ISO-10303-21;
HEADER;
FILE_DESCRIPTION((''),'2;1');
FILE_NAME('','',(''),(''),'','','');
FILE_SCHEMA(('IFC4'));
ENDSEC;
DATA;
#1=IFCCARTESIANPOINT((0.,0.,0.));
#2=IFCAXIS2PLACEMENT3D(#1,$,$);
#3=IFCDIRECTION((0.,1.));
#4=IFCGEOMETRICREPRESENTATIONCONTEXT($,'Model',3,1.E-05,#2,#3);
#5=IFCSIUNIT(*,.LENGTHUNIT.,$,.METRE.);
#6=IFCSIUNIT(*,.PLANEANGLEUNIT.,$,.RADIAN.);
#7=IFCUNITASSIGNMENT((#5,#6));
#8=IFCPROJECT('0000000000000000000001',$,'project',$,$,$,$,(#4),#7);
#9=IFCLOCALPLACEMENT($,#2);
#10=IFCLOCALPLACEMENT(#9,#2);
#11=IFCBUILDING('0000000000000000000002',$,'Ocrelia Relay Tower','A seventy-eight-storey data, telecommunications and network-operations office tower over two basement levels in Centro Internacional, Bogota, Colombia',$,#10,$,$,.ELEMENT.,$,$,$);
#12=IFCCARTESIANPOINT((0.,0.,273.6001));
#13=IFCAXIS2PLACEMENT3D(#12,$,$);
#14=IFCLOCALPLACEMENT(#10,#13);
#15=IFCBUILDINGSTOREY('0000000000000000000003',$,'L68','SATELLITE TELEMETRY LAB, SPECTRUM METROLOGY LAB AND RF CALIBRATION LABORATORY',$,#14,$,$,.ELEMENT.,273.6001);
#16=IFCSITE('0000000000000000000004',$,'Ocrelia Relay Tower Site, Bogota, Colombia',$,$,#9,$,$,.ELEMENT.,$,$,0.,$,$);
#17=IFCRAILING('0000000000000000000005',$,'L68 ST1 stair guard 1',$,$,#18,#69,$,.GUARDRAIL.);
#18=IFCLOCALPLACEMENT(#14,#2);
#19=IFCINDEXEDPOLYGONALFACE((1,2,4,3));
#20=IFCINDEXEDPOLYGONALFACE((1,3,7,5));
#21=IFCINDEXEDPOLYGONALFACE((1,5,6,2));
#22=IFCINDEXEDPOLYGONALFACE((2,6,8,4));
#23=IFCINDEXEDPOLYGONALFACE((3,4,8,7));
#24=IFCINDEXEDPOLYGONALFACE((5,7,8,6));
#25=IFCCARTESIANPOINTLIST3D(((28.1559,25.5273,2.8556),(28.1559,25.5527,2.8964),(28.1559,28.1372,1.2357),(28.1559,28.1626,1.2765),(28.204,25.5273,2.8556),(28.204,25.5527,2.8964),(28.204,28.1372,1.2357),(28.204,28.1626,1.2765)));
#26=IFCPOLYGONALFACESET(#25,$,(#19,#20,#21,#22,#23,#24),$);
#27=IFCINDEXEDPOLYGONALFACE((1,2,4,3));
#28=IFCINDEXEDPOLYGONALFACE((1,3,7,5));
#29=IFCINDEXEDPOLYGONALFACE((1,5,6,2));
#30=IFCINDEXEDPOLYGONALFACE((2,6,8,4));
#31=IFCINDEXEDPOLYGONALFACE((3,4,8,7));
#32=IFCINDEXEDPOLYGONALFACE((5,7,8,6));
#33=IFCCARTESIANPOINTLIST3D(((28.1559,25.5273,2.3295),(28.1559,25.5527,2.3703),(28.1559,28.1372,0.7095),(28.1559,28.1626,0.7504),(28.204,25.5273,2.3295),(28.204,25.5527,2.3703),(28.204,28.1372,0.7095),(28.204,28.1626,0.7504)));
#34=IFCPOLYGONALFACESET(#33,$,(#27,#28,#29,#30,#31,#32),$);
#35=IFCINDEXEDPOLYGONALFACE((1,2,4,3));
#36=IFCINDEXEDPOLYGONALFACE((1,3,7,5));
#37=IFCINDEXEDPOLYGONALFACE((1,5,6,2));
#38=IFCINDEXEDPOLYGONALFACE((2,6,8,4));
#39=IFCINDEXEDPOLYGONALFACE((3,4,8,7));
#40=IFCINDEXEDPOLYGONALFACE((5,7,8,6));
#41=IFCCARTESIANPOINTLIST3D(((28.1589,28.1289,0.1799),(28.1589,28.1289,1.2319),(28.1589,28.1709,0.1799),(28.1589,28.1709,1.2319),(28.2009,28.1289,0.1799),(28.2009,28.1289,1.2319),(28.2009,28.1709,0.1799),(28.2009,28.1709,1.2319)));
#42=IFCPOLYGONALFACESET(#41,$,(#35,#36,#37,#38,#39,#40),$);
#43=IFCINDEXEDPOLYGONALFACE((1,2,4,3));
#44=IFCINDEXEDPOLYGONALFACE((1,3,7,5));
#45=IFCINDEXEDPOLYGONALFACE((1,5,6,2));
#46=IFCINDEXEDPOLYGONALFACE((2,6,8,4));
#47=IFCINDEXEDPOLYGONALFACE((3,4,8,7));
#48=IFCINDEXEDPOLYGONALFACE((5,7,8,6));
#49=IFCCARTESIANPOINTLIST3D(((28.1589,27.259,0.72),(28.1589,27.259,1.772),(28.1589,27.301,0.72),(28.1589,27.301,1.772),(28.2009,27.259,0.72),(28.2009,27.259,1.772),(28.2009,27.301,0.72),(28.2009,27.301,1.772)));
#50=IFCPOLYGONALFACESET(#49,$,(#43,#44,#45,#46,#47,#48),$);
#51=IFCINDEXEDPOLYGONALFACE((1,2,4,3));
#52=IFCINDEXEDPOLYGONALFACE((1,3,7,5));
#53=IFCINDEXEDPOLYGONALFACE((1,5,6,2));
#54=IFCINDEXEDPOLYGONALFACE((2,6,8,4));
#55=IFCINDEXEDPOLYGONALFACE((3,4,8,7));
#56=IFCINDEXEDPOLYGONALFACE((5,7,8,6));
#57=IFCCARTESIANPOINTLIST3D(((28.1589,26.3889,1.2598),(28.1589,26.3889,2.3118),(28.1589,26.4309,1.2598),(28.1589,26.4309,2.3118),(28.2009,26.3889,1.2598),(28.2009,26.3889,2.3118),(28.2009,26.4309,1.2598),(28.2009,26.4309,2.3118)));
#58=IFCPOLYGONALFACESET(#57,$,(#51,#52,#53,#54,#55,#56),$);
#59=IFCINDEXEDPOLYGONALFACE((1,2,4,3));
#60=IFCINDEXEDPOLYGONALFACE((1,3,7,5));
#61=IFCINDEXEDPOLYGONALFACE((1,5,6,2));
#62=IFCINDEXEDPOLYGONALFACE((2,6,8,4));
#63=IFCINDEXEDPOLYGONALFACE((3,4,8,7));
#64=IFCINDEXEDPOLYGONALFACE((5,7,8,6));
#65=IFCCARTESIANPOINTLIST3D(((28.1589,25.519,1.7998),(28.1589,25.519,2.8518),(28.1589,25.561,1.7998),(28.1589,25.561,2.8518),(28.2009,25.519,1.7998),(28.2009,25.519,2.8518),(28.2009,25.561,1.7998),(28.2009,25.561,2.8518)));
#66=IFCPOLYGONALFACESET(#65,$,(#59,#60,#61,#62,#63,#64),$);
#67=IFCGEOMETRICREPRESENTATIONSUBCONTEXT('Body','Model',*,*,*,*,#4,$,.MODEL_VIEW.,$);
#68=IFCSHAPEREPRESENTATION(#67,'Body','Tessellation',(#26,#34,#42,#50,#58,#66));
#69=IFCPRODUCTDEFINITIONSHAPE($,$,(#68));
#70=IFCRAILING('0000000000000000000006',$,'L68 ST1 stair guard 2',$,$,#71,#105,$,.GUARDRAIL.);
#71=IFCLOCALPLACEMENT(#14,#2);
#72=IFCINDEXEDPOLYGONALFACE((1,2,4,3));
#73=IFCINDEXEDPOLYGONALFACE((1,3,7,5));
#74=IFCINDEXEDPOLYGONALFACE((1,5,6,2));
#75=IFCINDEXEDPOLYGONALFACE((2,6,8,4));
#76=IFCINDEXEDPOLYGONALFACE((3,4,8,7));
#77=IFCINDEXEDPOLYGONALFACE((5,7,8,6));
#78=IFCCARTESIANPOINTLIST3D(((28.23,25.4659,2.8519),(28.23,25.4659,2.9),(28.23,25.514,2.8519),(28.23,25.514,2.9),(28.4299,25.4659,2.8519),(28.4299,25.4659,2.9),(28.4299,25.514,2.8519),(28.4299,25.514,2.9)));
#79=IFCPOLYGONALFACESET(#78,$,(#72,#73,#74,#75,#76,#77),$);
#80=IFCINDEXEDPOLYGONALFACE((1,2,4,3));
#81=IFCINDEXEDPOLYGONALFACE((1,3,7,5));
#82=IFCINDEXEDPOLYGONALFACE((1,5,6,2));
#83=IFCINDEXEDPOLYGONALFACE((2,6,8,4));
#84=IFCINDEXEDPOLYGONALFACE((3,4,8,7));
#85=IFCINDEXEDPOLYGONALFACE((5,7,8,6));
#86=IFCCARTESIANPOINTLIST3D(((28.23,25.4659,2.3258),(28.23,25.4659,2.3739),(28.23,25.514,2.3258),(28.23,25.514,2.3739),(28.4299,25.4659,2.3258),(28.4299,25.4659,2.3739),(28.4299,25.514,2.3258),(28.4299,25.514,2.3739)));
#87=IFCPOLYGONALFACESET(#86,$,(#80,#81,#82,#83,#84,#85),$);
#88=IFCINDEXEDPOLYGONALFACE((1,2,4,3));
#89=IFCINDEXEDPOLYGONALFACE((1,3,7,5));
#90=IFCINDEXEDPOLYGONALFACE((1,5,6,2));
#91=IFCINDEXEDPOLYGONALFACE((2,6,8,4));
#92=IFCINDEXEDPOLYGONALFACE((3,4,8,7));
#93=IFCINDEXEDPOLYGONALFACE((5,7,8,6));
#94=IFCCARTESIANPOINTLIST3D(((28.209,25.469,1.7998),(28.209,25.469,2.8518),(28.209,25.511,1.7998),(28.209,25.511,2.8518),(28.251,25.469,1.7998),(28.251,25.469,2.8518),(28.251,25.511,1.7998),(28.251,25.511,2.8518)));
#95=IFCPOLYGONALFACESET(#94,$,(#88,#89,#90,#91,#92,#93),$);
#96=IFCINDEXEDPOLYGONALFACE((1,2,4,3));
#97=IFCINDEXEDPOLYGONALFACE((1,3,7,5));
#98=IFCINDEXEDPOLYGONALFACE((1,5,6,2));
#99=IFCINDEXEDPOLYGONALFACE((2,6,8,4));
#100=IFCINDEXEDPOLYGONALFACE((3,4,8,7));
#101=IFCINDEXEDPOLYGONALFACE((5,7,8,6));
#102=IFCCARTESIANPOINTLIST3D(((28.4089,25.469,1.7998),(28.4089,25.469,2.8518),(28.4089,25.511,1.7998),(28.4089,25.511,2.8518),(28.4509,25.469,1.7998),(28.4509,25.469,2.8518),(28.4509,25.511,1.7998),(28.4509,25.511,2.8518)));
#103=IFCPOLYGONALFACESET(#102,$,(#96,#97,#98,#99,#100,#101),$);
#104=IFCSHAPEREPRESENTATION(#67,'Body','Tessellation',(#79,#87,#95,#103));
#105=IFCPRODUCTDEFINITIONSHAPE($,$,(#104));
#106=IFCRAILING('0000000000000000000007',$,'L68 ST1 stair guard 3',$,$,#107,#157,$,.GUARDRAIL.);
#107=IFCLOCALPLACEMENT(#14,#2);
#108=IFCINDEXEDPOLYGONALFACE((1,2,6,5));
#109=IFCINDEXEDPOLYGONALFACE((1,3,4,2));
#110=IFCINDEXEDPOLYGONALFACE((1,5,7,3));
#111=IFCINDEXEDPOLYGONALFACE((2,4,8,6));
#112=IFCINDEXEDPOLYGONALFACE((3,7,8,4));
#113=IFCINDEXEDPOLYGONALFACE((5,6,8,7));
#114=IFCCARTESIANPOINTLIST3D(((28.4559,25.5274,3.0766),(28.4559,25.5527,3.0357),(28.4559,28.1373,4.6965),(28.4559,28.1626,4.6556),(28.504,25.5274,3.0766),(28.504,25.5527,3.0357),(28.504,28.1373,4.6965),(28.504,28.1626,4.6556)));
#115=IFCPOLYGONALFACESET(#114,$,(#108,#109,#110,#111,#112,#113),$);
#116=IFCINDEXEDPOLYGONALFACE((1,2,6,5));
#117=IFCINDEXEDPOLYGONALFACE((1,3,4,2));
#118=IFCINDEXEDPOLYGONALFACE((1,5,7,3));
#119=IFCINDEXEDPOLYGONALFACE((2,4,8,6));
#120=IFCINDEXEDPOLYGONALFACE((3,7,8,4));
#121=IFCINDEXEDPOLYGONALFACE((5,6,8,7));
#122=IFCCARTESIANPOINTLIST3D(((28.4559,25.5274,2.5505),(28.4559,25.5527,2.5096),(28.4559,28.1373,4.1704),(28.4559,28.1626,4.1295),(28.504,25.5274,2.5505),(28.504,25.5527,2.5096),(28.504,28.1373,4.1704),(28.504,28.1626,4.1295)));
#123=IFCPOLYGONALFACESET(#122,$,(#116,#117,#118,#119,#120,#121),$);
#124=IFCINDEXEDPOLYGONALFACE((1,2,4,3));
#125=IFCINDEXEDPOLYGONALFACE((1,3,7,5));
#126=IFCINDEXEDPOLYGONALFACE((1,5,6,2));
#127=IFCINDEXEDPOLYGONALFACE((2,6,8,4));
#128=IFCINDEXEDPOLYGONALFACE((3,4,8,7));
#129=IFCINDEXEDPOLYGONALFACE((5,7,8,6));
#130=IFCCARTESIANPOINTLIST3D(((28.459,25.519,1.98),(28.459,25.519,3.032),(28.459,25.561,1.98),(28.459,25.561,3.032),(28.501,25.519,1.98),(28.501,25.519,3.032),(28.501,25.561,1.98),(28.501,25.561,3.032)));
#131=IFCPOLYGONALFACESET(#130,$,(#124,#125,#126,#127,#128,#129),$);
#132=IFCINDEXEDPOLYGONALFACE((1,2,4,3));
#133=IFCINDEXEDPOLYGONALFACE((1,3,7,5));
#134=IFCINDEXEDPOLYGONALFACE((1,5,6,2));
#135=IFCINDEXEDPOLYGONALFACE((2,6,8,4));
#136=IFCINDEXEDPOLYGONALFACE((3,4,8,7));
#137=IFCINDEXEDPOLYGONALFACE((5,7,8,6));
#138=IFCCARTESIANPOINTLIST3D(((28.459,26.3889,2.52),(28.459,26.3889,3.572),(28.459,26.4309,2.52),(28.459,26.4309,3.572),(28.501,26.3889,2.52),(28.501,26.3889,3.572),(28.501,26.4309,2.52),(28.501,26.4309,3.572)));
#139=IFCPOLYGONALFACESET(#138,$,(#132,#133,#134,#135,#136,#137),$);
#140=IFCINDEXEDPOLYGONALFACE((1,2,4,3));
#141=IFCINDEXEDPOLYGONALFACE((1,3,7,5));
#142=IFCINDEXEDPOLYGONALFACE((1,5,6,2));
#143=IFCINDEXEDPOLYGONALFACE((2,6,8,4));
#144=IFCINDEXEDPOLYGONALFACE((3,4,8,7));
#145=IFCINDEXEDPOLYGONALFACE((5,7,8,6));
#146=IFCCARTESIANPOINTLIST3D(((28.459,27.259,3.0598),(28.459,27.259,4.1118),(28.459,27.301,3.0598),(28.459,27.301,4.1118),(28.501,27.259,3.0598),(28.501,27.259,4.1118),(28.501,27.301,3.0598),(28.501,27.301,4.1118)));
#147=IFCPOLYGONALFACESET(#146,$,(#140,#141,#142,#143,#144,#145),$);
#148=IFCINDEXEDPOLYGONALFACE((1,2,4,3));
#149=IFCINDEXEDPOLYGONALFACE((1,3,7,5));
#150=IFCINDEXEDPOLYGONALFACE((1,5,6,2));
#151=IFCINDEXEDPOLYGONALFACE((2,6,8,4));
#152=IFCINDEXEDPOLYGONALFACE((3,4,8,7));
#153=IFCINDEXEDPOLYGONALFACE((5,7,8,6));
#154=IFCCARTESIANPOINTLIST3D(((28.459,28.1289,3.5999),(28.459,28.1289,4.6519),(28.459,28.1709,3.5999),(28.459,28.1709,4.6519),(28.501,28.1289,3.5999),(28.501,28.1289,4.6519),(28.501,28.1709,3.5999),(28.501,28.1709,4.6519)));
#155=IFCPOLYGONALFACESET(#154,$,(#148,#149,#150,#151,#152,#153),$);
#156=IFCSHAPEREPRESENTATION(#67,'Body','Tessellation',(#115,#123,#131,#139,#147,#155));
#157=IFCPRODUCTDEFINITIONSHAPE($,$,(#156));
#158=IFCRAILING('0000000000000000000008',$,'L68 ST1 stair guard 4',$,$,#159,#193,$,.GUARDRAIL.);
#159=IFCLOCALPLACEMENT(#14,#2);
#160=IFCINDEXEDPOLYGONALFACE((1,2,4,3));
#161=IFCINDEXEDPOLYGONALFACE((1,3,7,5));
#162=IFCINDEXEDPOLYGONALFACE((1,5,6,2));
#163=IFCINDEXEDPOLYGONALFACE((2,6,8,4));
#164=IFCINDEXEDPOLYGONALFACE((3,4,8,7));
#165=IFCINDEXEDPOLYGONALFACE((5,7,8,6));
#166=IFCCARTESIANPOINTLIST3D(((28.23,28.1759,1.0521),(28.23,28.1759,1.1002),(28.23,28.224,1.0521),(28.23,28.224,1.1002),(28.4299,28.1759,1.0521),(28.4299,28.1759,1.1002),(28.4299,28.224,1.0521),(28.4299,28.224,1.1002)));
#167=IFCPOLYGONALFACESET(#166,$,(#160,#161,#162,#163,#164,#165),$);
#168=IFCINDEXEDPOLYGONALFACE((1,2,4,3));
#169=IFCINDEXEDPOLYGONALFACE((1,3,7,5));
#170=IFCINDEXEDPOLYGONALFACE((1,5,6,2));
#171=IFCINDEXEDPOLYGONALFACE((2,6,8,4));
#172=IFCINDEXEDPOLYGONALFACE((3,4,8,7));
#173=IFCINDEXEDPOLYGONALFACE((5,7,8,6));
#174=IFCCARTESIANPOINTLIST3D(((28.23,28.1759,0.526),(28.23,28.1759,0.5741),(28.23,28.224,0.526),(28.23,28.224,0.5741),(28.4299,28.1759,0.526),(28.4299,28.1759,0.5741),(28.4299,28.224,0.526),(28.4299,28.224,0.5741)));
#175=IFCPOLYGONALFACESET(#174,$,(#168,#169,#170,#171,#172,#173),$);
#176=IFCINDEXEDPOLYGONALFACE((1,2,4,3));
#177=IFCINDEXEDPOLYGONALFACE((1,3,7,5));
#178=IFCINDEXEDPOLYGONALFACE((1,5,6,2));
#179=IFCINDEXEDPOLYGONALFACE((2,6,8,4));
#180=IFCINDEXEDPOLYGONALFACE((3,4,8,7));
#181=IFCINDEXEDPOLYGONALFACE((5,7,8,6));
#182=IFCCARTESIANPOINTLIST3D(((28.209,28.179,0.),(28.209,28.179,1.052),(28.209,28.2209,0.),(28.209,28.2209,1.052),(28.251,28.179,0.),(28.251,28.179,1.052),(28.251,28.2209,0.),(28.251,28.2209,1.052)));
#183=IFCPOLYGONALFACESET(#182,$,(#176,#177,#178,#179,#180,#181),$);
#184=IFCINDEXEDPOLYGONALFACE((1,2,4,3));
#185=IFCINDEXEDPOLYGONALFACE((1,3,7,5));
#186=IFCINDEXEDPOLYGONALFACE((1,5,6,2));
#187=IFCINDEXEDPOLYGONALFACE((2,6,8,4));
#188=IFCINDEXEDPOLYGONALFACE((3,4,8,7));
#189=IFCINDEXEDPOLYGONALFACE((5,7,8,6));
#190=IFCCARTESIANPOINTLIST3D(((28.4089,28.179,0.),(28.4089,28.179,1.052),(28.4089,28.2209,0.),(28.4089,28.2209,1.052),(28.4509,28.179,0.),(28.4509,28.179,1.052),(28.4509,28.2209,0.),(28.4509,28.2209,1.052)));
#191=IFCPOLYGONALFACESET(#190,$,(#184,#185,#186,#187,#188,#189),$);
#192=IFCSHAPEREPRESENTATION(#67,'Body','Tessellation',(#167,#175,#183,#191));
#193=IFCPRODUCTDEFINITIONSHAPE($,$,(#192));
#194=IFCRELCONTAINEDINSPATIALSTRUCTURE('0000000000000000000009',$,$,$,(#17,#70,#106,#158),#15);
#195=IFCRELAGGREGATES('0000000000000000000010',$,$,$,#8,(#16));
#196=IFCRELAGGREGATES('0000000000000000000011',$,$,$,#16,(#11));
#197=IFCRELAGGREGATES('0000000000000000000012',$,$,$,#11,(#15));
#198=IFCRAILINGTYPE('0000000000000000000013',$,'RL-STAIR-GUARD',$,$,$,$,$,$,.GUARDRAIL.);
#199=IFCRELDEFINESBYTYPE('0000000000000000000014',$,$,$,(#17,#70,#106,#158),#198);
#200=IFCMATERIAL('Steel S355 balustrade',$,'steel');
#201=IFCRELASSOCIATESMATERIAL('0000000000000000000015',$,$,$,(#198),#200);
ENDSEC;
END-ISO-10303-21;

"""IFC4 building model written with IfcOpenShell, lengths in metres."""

from ifc_helpers import new_model, si_unit, direction, frame, origin, origin_2d, place, context, subcontext, project, spatial, rectangle, extrude, material, type_object, element, save


model = new_model("IFC4")

# Units and contexts
model_context = context("Model", 3, precision=1e-05, world=origin(), true_north=direction((0.0, 1.0)))
body_context = subcontext(model_context, "Body", "Model", "MODEL_VIEW")
ifc_project = project(units=[si_unit("LENGTHUNIT", "METRE"), si_unit("PLANEANGLEUNIT", "RADIAN")], contexts=[model_context])

# Site, building, storey
site_placement = place(None, origin())
site = spatial("IfcSite", under=ifc_project, at=site_placement, Name="Ocrelia Relay Tower Site, Bogota, Colombia", CompositionType="ELEMENT", RefElevation=0.0)
building_placement = place(site_placement, origin())
building = spatial("IfcBuilding", under=site, at=building_placement, Name="Ocrelia Relay Tower", Description="A seventy-eight-storey data, telecommunications and network-operations office tower over two basement levels in Centro Internacional, Bogota, Colombia", CompositionType="ELEMENT")
storey_placement = place(building_placement, frame((0.0, 0.0, 273.6001)))
storey = spatial("IfcBuildingStorey", under=building, at=storey_placement, Name="L68", Description="SATELLITE TELEMETRY LAB, SPECTRUM METROLOGY LAB AND RF CALIBRATION LABORATORY", CompositionType="ELEMENT", Elevation=273.6001)

# Railings
ifc_material_1 = material(Name="Steel S355 balustrade", Category="steel")
railing_type_1 = type_object("IfcRailingType", Name="RL-STAIR-GUARD", PredefinedType="GUARDRAIL", material=ifc_material_1)
railing_1_placement = place(storey_placement, frame((28.1799, 28.1499, 0.1799)))
element("IfcRailing", 1, at=railing_1_placement, inside=storey, type_object=railing_type_1, Name="L68 ST1 stair guard 1", PredefinedType="GUARDRAIL", context=body_context, shape_type="SweptSolid", body=[
    extrude(rectangle(XDim=0.0481, YDim=0.0481, at=origin_2d()), frame((0.0, 0.0, 1.0762), z_axis=(0.0, -0.849646, 0.527353), x_axis=(1.0, 0.0, 0.0)), (0.0, 0.0, 1.0), 3.0718),
    extrude(rectangle(XDim=0.0481, YDim=0.0481, at=origin_2d()), frame((0.0, 0.0, 0.55), z_axis=(0.0, -0.849646, 0.527353), x_axis=(1.0, 0.0, 0.0)), (0.0, 0.0, 1.0), 3.0718),
    extrude(rectangle(XDim=0.042, YDim=0.042, at=origin_2d()), origin(), (0.0, 0.0, 1.0), 1.052),
    extrude(rectangle(XDim=0.042, YDim=0.042, at=origin_2d()), frame((0.0, -0.8699, 0.54)), (0.0, 0.0, 1.0), 1.052),
    extrude(rectangle(XDim=0.042, YDim=0.042, at=origin_2d()), frame((0.0, -1.74, 1.0798)), (0.0, 0.0, 1.0), 1.052),
    extrude(rectangle(XDim=0.042, YDim=0.042, at=origin_2d()), frame((0.0, -2.6099, 1.6199)), (0.0, 0.0, 1.0), 1.052),
])
railing_2_placement = place(storey_placement, frame((28.23, 25.49, 1.7998)))
element("IfcRailing", 2, at=railing_2_placement, inside=storey, type_object=railing_type_1, Name="L68 ST1 stair guard 2", PredefinedType="GUARDRAIL", context=body_context, shape_type="SweptSolid", body=[
    extrude(rectangle(XDim=0.0481, YDim=0.0481, at=origin_2d()), frame((0.0, 0.0, 1.0762), z_axis=(1.0, 0.0, 0.0), x_axis=(0.0, 1.0, 0.0)), (0.0, 0.0, 1.0), 0.2),
    extrude(rectangle(XDim=0.0481, YDim=0.0481, at=origin_2d()), frame((0.0, 0.0, 0.55), z_axis=(1.0, 0.0, 0.0), x_axis=(0.0, 1.0, 0.0)), (0.0, 0.0, 1.0), 0.2),
    extrude(rectangle(XDim=0.042, YDim=0.042, at=origin_2d()), origin(), (0.0, 0.0, 1.0), 1.052),
    extrude(rectangle(XDim=0.042, YDim=0.042, at=origin_2d()), frame((0.2, 0.0, 0.0)), (0.0, 0.0, 1.0), 1.052),
])
railing_3_placement = place(storey_placement, frame((28.48, 25.54, 1.98)))
element("IfcRailing", 3, at=railing_3_placement, inside=storey, type_object=railing_type_1, Name="L68 ST1 stair guard 3", PredefinedType="GUARDRAIL", context=body_context, shape_type="SweptSolid", body=[
    extrude(rectangle(XDim=0.0481, YDim=0.0481, at=origin_2d()), frame((0.0, 0.0, 1.0762), z_axis=(0.0, 0.849646, 0.527353), x_axis=(-1.0, 0.0, 0.0)), (0.0, 0.0, 1.0), 3.0718),
    extrude(rectangle(XDim=0.0481, YDim=0.0481, at=origin_2d()), frame((0.0, 0.0, 0.55), z_axis=(0.0, 0.849646, 0.527353), x_axis=(-1.0, 0.0, 0.0)), (0.0, 0.0, 1.0), 3.0718),
    extrude(rectangle(XDim=0.042, YDim=0.042, at=origin_2d()), origin(), (0.0, 0.0, 1.0), 1.052),
    extrude(rectangle(XDim=0.042, YDim=0.042, at=origin_2d()), frame((0.0, 0.8699, 0.54)), (0.0, 0.0, 1.0), 1.052),
    extrude(rectangle(XDim=0.042, YDim=0.042, at=origin_2d()), frame((0.0, 1.74, 1.0798)), (0.0, 0.0, 1.0), 1.052),
    extrude(rectangle(XDim=0.042, YDim=0.042, at=origin_2d()), frame((0.0, 2.6099, 1.6199)), (0.0, 0.0, 1.0), 1.052),
])
railing_4_placement = place(storey_placement, frame((28.23, 28.2, 0.0)))
element("IfcRailing", 4, at=railing_4_placement, inside=storey, type_object=railing_type_1, Name="L68 ST1 stair guard 4", PredefinedType="GUARDRAIL", context=body_context, shape_type="SweptSolid", body=[
    extrude(rectangle(XDim=0.0481, YDim=0.0481, at=origin_2d()), frame((0.0, 0.0, 1.0762), z_axis=(1.0, 0.0, 0.0), x_axis=(0.0, 1.0, 0.0)), (0.0, 0.0, 1.0), 0.2),
    extrude(rectangle(XDim=0.0481, YDim=0.0481, at=origin_2d()), frame((0.0, 0.0, 0.55), z_axis=(1.0, 0.0, 0.0), x_axis=(0.0, 1.0, 0.0)), (0.0, 0.0, 1.0), 0.2),
    extrude(rectangle(XDim=0.042, YDim=0.042, at=origin_2d()), origin(), (0.0, 0.0, 1.0), 1.052),
    extrude(rectangle(XDim=0.042, YDim=0.042, at=origin_2d()), frame((0.2, 0.0, 0.0)), (0.0, 0.0, 1.0), 1.052),
])

save(model, "model.ifc")
